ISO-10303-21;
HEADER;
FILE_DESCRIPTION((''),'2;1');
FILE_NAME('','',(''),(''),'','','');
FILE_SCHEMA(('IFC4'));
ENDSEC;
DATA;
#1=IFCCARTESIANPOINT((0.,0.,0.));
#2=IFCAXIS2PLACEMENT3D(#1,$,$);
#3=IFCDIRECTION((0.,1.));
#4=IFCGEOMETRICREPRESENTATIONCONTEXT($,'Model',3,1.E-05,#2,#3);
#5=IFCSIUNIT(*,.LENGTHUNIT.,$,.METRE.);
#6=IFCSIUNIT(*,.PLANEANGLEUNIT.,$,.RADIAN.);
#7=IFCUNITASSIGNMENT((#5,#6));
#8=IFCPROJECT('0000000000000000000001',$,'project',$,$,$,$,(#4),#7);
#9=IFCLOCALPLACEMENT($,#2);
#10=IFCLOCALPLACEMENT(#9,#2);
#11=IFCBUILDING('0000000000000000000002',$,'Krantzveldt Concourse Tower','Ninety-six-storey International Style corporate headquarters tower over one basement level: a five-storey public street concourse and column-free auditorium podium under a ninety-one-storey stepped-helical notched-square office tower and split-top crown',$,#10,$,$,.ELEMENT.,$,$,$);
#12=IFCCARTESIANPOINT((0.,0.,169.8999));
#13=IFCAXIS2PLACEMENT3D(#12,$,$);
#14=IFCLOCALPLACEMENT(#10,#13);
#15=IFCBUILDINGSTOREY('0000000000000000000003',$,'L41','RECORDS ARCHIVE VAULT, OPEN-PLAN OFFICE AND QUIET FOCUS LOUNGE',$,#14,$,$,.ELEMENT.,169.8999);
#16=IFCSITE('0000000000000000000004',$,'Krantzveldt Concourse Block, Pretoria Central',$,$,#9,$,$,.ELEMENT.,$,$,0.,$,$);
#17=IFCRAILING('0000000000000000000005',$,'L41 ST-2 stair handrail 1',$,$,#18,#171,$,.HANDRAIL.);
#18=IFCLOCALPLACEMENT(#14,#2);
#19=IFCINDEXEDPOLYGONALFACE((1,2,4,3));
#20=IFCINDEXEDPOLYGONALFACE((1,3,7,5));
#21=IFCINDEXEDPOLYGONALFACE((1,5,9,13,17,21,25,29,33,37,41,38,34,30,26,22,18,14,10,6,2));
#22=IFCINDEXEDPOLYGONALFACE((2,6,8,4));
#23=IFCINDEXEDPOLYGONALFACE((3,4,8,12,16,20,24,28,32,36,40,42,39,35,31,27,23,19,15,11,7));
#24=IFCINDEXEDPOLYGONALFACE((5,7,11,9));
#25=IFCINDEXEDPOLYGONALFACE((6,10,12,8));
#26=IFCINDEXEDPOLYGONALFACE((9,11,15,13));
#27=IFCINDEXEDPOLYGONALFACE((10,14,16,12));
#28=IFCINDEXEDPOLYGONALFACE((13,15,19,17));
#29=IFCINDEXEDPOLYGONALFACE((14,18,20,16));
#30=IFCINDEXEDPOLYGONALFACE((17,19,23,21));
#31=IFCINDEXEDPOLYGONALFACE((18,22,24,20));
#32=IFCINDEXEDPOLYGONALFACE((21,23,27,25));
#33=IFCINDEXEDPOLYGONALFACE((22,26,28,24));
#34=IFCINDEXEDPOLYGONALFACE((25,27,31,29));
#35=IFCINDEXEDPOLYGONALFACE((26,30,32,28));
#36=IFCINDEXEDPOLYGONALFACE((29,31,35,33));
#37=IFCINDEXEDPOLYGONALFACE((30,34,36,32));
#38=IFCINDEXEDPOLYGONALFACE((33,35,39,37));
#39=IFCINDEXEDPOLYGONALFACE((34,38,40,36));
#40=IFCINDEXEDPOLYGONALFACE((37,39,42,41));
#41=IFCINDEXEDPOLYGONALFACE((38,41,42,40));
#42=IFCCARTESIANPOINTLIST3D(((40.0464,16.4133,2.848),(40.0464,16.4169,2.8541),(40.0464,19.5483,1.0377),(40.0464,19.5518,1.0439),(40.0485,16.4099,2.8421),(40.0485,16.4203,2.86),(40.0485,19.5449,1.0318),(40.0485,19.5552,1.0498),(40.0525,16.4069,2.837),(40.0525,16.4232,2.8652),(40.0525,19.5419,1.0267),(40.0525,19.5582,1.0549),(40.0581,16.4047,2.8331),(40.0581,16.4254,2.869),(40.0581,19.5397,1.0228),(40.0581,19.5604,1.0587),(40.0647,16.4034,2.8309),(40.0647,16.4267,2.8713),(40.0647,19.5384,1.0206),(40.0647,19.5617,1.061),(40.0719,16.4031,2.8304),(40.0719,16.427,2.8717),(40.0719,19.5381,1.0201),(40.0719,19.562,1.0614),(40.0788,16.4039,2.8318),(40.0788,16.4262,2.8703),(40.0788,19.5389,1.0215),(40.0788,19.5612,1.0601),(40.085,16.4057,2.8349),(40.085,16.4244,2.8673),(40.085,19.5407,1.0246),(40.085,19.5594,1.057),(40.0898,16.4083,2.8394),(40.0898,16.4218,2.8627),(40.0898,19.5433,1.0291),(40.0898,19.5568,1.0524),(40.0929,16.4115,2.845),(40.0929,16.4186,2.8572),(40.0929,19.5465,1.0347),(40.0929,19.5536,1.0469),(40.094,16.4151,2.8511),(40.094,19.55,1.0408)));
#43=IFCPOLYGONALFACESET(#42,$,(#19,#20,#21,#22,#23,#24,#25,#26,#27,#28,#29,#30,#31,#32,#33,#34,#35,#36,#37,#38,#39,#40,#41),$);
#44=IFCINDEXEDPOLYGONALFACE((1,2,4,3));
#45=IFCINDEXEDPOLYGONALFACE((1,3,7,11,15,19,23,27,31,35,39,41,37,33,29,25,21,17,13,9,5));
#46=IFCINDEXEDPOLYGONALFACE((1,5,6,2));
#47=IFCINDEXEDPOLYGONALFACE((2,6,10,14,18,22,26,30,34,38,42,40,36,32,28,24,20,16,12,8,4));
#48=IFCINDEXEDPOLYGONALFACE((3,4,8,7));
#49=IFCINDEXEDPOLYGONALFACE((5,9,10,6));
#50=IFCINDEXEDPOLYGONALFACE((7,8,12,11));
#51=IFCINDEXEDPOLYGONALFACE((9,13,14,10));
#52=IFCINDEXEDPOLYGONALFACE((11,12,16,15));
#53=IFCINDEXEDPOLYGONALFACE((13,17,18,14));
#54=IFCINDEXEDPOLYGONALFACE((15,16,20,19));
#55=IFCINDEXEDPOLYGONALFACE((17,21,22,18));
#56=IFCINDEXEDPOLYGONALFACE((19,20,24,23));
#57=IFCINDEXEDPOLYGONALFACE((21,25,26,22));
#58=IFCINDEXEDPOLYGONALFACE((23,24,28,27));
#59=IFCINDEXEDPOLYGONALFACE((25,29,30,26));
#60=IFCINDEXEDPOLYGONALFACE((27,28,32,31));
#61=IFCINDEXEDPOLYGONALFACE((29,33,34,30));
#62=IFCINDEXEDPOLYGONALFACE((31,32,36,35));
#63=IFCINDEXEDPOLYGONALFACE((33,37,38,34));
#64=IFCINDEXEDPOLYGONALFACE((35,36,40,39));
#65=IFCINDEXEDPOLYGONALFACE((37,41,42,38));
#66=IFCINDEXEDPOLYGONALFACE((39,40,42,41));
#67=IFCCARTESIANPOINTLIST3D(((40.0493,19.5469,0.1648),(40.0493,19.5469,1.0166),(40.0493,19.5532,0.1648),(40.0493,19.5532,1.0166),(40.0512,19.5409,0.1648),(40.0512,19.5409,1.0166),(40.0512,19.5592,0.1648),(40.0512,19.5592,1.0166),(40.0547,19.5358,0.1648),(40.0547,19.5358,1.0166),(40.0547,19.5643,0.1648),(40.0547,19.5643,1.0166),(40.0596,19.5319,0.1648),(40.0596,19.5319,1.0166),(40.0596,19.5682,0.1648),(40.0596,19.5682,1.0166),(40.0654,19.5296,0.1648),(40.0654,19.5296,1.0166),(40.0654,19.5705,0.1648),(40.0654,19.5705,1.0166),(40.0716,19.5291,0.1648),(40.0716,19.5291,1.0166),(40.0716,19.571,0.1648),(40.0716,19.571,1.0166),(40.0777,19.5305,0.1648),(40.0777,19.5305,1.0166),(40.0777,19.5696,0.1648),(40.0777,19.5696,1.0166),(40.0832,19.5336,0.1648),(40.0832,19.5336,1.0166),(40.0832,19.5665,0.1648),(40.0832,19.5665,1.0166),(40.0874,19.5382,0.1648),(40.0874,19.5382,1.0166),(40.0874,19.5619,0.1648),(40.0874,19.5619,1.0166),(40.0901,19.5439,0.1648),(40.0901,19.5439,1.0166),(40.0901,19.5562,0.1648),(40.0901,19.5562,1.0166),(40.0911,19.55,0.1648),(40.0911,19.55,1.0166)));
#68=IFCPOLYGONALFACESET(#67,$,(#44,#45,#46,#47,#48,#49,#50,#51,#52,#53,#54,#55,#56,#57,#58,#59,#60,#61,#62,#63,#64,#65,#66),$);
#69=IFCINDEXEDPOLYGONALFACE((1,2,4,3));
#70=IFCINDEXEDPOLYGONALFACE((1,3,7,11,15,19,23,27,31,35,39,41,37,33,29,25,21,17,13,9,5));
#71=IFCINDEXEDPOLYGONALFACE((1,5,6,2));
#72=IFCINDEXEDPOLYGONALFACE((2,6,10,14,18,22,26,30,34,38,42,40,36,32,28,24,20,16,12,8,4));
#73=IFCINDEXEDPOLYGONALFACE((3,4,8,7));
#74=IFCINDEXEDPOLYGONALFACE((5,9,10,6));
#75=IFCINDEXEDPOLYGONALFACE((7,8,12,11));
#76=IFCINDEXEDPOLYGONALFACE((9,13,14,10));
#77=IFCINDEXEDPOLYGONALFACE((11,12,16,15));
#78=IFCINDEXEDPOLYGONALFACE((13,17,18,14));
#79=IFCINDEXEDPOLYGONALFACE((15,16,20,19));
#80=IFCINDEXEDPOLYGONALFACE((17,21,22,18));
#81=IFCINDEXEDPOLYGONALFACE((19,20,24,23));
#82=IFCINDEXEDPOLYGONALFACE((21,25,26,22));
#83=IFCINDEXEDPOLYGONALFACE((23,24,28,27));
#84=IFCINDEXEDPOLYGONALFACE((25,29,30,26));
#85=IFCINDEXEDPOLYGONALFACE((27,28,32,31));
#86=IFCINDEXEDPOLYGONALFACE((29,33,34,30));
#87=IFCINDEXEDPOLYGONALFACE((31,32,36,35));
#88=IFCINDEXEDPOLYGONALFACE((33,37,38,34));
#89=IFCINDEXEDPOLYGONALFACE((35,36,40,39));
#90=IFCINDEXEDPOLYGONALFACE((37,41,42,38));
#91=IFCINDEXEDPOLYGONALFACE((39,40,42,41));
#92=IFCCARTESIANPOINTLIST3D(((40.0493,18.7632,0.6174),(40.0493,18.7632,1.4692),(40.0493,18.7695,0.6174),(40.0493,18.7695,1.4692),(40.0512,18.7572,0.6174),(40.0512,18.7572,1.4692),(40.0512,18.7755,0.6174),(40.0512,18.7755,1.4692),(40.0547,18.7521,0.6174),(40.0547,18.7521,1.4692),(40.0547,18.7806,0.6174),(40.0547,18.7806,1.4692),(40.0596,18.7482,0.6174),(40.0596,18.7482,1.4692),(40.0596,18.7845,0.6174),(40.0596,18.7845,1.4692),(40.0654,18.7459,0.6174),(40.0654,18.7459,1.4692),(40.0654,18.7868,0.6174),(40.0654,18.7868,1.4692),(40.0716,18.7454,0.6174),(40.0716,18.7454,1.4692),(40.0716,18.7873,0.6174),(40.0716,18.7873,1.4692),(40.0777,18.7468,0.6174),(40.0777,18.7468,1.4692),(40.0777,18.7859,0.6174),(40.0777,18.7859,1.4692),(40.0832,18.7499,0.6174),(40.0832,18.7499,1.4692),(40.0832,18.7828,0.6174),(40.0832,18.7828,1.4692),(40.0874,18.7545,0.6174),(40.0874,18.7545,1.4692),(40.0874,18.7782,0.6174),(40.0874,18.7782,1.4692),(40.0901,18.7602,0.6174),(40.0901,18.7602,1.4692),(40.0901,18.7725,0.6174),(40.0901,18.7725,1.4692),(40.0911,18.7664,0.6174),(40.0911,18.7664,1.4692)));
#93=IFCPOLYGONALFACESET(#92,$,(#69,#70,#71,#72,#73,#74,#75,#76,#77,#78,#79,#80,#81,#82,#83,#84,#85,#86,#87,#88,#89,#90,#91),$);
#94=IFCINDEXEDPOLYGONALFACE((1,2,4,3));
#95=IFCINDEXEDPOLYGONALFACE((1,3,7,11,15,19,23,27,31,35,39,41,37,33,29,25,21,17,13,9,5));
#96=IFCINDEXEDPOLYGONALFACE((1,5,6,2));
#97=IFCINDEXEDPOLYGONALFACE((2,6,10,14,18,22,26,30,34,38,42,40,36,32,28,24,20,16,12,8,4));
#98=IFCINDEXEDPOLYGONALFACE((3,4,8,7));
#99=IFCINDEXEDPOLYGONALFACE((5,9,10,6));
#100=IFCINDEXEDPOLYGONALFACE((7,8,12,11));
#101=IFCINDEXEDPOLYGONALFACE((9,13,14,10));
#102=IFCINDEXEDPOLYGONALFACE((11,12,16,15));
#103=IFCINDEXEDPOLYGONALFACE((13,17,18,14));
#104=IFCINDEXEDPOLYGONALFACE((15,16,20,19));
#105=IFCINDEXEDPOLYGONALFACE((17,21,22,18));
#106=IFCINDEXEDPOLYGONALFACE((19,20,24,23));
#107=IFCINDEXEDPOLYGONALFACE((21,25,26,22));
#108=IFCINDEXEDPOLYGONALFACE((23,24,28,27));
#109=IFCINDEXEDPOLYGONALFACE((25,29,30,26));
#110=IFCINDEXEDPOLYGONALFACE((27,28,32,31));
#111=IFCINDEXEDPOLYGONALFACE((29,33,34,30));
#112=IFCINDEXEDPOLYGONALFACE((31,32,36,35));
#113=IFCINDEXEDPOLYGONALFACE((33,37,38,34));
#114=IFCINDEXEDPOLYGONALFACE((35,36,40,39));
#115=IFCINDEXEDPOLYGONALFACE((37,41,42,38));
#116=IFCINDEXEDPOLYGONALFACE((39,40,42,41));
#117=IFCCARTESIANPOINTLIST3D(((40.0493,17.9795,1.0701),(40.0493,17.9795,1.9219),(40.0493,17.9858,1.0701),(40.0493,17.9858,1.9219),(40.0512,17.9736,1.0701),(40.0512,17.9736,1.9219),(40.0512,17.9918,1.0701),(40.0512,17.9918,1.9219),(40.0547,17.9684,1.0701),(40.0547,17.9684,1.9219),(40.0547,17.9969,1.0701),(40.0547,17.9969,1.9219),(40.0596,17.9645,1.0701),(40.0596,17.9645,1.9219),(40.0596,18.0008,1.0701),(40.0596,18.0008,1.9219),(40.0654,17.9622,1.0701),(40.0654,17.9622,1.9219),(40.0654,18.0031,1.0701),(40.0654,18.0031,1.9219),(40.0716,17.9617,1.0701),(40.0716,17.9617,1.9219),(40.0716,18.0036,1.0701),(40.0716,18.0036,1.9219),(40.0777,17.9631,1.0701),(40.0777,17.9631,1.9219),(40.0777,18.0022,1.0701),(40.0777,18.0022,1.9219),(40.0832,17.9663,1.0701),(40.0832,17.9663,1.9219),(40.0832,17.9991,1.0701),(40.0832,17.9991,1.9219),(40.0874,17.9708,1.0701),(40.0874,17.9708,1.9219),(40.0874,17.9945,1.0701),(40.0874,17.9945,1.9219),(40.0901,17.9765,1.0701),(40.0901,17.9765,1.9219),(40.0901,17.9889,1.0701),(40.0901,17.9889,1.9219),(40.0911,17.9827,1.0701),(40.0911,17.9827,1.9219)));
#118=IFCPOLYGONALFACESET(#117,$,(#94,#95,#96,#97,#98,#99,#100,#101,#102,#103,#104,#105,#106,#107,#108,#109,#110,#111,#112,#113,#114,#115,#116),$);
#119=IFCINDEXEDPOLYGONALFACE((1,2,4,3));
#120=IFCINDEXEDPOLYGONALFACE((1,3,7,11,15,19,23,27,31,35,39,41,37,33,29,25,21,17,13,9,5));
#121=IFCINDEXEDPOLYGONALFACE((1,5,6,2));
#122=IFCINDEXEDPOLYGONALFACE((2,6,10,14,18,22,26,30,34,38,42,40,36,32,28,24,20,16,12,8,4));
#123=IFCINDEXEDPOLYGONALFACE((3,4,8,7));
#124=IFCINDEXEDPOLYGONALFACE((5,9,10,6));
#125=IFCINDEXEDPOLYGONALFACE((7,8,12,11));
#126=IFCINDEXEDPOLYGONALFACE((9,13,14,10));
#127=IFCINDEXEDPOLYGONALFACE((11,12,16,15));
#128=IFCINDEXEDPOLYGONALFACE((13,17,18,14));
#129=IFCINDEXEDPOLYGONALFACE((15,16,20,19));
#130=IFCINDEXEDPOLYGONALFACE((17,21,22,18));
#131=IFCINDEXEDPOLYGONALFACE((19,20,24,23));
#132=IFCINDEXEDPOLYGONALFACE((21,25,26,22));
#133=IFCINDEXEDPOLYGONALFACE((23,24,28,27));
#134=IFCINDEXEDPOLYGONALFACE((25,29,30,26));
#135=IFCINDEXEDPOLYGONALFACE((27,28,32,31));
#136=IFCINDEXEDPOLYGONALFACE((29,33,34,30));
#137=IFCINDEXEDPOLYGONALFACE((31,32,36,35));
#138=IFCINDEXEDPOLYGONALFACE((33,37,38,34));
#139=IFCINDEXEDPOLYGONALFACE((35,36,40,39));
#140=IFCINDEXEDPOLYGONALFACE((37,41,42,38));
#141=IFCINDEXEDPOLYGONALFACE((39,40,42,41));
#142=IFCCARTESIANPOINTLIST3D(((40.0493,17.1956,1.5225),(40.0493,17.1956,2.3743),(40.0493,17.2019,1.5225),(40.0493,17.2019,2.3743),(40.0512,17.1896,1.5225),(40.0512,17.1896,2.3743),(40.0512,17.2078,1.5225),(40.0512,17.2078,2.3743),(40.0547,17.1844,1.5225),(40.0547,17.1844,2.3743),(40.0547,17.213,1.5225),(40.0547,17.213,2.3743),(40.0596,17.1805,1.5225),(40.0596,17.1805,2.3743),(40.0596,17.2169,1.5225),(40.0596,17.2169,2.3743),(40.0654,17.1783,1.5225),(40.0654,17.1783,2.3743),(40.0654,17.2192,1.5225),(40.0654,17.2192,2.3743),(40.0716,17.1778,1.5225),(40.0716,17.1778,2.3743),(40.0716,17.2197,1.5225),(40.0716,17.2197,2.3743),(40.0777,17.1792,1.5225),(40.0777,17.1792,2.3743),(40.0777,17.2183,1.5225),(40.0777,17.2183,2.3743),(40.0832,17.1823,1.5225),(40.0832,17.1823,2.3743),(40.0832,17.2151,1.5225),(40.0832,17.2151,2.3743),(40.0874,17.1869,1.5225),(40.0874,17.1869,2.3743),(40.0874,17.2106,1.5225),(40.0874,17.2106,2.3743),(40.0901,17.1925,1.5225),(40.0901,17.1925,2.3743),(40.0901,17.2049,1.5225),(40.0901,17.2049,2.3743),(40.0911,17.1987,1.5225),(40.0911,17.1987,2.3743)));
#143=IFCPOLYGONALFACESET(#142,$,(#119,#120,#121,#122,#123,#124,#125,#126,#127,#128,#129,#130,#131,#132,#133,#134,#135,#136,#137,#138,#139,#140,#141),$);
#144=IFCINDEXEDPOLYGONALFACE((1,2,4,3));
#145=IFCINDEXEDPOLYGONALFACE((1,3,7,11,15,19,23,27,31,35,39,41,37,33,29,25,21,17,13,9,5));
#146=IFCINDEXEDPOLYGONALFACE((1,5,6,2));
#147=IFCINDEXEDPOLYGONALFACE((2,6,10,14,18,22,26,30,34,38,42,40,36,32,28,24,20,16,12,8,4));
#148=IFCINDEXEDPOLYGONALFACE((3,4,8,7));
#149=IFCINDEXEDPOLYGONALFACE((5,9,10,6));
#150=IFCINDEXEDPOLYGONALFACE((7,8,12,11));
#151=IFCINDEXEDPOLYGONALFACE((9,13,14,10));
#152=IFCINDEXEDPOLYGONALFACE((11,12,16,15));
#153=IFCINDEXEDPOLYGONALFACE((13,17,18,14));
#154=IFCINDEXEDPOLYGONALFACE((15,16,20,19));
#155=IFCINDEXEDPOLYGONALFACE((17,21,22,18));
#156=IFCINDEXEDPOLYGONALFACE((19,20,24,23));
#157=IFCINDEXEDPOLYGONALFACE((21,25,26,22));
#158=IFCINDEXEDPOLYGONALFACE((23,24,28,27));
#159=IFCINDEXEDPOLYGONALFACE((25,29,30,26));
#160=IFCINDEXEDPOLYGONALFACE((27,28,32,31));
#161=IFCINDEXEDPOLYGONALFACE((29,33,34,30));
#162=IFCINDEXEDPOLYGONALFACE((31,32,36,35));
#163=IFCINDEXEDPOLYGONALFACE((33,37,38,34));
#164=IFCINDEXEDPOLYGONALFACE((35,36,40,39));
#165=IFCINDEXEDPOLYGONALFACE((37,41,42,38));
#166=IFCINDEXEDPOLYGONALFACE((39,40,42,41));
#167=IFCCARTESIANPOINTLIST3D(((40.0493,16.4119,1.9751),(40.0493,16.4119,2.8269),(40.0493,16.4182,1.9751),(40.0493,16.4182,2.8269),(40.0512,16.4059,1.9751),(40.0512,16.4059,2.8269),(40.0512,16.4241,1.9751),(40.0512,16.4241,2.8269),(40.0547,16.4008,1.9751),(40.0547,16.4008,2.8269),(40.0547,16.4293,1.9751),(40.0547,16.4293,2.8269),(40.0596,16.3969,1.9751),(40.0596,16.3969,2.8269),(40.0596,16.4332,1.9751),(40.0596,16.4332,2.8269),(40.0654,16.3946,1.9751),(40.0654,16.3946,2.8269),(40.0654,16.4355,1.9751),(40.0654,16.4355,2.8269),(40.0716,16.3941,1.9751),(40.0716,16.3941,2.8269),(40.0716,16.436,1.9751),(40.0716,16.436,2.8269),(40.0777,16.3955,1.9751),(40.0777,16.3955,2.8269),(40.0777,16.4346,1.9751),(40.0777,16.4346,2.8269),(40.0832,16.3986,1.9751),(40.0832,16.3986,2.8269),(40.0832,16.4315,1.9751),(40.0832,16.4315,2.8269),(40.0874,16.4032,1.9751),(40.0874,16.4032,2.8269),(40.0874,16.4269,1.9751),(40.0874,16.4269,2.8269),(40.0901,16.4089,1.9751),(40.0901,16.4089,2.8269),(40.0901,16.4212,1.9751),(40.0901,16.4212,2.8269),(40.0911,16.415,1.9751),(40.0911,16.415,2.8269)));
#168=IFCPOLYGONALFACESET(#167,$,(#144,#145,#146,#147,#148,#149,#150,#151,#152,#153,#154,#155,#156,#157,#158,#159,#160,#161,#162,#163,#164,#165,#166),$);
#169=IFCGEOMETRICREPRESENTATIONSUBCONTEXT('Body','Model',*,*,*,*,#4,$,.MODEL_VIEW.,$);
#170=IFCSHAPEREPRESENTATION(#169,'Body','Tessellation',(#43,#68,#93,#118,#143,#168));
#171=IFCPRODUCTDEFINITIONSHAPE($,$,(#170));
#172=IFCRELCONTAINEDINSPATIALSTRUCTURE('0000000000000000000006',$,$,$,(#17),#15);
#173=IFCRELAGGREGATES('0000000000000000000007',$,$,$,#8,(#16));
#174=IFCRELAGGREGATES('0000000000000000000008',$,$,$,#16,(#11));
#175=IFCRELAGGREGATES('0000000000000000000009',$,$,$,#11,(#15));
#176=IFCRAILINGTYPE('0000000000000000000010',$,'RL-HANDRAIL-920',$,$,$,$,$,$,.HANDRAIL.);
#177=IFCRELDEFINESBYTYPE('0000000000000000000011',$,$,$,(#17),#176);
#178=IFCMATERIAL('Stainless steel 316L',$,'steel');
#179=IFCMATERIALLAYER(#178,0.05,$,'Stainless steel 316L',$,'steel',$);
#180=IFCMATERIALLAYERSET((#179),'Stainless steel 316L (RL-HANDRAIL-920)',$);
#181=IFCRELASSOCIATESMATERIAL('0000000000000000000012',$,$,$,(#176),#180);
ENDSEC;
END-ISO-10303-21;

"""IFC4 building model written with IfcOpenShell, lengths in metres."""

from ifc_helpers import new_model, si_unit, direction, frame, origin, origin_2d, place, context, subcontext, project, spatial, circle, extrude, material, layer, layer_set, type_object, element, save


model = new_model("IFC4")

# Units and contexts
model_context = context("Model", 3, precision=1e-05, world=origin(), true_north=direction((0.0, 1.0)))
body_context = subcontext(model_context, "Body", "Model", "MODEL_VIEW")
ifc_project = project(units=[si_unit("LENGTHUNIT", "METRE"), si_unit("PLANEANGLEUNIT", "RADIAN")], contexts=[model_context])

# Site, building, storey
site_placement = place(None, origin())
site = spatial("IfcSite", under=ifc_project, at=site_placement, Name="Krantzveldt Concourse Block, Pretoria Central", CompositionType="ELEMENT", RefElevation=0.0)
building_placement = place(site_placement, origin())
building = spatial("IfcBuilding", under=site, at=building_placement, Name="Krantzveldt Concourse Tower", Description="Ninety-six-storey International Style corporate headquarters tower over one basement level: a five-storey public street concourse and column-free auditorium podium under a ninety-one-storey stepped-helical notched-square office tower and split-top crown", CompositionType="ELEMENT")
storey_placement = place(building_placement, frame((0.0, 0.0, 169.8999)))
storey = spatial("IfcBuildingStorey", under=building, at=storey_placement, Name="L41", Description="RECORDS ARCHIVE VAULT, OPEN-PLAN OFFICE AND QUIET FOCUS LOUNGE", CompositionType="ELEMENT", Elevation=169.8999)

# Shared definitions
ifc_material_1 = material(Name="Stainless steel 316L", Category="steel")

# Railing
ifc_layer_1 = layer(ifc_material_1, 0.05, Name="Stainless steel 316L", Category="steel")
ifc_layer_set_1 = layer_set([ifc_layer_1], Name="Stainless steel 316L (RL-HANDRAIL-920)")
railing_type_1 = type_object("IfcRailingType", Name="RL-HANDRAIL-920", PredefinedType="HANDRAIL", material=ifc_layer_set_1)
railing_1_placement = place(storey_placement, frame((40.0701, 19.55, 0.1648)))
element("IfcRailing", 1, at=railing_1_placement, inside=storey, type_object=railing_type_1, Name="L41 ST-2 stair handrail 1", PredefinedType="HANDRAIL", context=body_context, shape_type="SweptSolid", body=[
    extrude(circle(Radius=0.0239, at=origin_2d()), frame((0.0, 0.0, 0.876), z_axis=(0.0, -0.865989, 0.500063), x_axis=(1.0, 0.0, 0.0)), (0.0, 0.0, 1.0), 3.6201),
    extrude(circle(Radius=0.021, at=origin_2d()), origin(), (0.0, 0.0, 1.0), 0.8518),
    extrude(circle(Radius=0.021, at=origin_2d()), frame((0.0, -0.7837, 0.4526)), (0.0, 0.0, 1.0), 0.8518),
    extrude(circle(Radius=0.021, at=origin_2d()), frame((0.0, -1.5674, 0.9053)), (0.0, 0.0, 1.0), 0.8518),
    extrude(circle(Radius=0.021, at=origin_2d()), frame((0.0, -2.3513, 1.3577)), (0.0, 0.0, 1.0), 0.8518),
    extrude(circle(Radius=0.021, at=origin_2d()), frame((0.0, -3.135, 1.8103)), (0.0, 0.0, 1.0), 0.8518),
])

save(model, "model.ifc")
